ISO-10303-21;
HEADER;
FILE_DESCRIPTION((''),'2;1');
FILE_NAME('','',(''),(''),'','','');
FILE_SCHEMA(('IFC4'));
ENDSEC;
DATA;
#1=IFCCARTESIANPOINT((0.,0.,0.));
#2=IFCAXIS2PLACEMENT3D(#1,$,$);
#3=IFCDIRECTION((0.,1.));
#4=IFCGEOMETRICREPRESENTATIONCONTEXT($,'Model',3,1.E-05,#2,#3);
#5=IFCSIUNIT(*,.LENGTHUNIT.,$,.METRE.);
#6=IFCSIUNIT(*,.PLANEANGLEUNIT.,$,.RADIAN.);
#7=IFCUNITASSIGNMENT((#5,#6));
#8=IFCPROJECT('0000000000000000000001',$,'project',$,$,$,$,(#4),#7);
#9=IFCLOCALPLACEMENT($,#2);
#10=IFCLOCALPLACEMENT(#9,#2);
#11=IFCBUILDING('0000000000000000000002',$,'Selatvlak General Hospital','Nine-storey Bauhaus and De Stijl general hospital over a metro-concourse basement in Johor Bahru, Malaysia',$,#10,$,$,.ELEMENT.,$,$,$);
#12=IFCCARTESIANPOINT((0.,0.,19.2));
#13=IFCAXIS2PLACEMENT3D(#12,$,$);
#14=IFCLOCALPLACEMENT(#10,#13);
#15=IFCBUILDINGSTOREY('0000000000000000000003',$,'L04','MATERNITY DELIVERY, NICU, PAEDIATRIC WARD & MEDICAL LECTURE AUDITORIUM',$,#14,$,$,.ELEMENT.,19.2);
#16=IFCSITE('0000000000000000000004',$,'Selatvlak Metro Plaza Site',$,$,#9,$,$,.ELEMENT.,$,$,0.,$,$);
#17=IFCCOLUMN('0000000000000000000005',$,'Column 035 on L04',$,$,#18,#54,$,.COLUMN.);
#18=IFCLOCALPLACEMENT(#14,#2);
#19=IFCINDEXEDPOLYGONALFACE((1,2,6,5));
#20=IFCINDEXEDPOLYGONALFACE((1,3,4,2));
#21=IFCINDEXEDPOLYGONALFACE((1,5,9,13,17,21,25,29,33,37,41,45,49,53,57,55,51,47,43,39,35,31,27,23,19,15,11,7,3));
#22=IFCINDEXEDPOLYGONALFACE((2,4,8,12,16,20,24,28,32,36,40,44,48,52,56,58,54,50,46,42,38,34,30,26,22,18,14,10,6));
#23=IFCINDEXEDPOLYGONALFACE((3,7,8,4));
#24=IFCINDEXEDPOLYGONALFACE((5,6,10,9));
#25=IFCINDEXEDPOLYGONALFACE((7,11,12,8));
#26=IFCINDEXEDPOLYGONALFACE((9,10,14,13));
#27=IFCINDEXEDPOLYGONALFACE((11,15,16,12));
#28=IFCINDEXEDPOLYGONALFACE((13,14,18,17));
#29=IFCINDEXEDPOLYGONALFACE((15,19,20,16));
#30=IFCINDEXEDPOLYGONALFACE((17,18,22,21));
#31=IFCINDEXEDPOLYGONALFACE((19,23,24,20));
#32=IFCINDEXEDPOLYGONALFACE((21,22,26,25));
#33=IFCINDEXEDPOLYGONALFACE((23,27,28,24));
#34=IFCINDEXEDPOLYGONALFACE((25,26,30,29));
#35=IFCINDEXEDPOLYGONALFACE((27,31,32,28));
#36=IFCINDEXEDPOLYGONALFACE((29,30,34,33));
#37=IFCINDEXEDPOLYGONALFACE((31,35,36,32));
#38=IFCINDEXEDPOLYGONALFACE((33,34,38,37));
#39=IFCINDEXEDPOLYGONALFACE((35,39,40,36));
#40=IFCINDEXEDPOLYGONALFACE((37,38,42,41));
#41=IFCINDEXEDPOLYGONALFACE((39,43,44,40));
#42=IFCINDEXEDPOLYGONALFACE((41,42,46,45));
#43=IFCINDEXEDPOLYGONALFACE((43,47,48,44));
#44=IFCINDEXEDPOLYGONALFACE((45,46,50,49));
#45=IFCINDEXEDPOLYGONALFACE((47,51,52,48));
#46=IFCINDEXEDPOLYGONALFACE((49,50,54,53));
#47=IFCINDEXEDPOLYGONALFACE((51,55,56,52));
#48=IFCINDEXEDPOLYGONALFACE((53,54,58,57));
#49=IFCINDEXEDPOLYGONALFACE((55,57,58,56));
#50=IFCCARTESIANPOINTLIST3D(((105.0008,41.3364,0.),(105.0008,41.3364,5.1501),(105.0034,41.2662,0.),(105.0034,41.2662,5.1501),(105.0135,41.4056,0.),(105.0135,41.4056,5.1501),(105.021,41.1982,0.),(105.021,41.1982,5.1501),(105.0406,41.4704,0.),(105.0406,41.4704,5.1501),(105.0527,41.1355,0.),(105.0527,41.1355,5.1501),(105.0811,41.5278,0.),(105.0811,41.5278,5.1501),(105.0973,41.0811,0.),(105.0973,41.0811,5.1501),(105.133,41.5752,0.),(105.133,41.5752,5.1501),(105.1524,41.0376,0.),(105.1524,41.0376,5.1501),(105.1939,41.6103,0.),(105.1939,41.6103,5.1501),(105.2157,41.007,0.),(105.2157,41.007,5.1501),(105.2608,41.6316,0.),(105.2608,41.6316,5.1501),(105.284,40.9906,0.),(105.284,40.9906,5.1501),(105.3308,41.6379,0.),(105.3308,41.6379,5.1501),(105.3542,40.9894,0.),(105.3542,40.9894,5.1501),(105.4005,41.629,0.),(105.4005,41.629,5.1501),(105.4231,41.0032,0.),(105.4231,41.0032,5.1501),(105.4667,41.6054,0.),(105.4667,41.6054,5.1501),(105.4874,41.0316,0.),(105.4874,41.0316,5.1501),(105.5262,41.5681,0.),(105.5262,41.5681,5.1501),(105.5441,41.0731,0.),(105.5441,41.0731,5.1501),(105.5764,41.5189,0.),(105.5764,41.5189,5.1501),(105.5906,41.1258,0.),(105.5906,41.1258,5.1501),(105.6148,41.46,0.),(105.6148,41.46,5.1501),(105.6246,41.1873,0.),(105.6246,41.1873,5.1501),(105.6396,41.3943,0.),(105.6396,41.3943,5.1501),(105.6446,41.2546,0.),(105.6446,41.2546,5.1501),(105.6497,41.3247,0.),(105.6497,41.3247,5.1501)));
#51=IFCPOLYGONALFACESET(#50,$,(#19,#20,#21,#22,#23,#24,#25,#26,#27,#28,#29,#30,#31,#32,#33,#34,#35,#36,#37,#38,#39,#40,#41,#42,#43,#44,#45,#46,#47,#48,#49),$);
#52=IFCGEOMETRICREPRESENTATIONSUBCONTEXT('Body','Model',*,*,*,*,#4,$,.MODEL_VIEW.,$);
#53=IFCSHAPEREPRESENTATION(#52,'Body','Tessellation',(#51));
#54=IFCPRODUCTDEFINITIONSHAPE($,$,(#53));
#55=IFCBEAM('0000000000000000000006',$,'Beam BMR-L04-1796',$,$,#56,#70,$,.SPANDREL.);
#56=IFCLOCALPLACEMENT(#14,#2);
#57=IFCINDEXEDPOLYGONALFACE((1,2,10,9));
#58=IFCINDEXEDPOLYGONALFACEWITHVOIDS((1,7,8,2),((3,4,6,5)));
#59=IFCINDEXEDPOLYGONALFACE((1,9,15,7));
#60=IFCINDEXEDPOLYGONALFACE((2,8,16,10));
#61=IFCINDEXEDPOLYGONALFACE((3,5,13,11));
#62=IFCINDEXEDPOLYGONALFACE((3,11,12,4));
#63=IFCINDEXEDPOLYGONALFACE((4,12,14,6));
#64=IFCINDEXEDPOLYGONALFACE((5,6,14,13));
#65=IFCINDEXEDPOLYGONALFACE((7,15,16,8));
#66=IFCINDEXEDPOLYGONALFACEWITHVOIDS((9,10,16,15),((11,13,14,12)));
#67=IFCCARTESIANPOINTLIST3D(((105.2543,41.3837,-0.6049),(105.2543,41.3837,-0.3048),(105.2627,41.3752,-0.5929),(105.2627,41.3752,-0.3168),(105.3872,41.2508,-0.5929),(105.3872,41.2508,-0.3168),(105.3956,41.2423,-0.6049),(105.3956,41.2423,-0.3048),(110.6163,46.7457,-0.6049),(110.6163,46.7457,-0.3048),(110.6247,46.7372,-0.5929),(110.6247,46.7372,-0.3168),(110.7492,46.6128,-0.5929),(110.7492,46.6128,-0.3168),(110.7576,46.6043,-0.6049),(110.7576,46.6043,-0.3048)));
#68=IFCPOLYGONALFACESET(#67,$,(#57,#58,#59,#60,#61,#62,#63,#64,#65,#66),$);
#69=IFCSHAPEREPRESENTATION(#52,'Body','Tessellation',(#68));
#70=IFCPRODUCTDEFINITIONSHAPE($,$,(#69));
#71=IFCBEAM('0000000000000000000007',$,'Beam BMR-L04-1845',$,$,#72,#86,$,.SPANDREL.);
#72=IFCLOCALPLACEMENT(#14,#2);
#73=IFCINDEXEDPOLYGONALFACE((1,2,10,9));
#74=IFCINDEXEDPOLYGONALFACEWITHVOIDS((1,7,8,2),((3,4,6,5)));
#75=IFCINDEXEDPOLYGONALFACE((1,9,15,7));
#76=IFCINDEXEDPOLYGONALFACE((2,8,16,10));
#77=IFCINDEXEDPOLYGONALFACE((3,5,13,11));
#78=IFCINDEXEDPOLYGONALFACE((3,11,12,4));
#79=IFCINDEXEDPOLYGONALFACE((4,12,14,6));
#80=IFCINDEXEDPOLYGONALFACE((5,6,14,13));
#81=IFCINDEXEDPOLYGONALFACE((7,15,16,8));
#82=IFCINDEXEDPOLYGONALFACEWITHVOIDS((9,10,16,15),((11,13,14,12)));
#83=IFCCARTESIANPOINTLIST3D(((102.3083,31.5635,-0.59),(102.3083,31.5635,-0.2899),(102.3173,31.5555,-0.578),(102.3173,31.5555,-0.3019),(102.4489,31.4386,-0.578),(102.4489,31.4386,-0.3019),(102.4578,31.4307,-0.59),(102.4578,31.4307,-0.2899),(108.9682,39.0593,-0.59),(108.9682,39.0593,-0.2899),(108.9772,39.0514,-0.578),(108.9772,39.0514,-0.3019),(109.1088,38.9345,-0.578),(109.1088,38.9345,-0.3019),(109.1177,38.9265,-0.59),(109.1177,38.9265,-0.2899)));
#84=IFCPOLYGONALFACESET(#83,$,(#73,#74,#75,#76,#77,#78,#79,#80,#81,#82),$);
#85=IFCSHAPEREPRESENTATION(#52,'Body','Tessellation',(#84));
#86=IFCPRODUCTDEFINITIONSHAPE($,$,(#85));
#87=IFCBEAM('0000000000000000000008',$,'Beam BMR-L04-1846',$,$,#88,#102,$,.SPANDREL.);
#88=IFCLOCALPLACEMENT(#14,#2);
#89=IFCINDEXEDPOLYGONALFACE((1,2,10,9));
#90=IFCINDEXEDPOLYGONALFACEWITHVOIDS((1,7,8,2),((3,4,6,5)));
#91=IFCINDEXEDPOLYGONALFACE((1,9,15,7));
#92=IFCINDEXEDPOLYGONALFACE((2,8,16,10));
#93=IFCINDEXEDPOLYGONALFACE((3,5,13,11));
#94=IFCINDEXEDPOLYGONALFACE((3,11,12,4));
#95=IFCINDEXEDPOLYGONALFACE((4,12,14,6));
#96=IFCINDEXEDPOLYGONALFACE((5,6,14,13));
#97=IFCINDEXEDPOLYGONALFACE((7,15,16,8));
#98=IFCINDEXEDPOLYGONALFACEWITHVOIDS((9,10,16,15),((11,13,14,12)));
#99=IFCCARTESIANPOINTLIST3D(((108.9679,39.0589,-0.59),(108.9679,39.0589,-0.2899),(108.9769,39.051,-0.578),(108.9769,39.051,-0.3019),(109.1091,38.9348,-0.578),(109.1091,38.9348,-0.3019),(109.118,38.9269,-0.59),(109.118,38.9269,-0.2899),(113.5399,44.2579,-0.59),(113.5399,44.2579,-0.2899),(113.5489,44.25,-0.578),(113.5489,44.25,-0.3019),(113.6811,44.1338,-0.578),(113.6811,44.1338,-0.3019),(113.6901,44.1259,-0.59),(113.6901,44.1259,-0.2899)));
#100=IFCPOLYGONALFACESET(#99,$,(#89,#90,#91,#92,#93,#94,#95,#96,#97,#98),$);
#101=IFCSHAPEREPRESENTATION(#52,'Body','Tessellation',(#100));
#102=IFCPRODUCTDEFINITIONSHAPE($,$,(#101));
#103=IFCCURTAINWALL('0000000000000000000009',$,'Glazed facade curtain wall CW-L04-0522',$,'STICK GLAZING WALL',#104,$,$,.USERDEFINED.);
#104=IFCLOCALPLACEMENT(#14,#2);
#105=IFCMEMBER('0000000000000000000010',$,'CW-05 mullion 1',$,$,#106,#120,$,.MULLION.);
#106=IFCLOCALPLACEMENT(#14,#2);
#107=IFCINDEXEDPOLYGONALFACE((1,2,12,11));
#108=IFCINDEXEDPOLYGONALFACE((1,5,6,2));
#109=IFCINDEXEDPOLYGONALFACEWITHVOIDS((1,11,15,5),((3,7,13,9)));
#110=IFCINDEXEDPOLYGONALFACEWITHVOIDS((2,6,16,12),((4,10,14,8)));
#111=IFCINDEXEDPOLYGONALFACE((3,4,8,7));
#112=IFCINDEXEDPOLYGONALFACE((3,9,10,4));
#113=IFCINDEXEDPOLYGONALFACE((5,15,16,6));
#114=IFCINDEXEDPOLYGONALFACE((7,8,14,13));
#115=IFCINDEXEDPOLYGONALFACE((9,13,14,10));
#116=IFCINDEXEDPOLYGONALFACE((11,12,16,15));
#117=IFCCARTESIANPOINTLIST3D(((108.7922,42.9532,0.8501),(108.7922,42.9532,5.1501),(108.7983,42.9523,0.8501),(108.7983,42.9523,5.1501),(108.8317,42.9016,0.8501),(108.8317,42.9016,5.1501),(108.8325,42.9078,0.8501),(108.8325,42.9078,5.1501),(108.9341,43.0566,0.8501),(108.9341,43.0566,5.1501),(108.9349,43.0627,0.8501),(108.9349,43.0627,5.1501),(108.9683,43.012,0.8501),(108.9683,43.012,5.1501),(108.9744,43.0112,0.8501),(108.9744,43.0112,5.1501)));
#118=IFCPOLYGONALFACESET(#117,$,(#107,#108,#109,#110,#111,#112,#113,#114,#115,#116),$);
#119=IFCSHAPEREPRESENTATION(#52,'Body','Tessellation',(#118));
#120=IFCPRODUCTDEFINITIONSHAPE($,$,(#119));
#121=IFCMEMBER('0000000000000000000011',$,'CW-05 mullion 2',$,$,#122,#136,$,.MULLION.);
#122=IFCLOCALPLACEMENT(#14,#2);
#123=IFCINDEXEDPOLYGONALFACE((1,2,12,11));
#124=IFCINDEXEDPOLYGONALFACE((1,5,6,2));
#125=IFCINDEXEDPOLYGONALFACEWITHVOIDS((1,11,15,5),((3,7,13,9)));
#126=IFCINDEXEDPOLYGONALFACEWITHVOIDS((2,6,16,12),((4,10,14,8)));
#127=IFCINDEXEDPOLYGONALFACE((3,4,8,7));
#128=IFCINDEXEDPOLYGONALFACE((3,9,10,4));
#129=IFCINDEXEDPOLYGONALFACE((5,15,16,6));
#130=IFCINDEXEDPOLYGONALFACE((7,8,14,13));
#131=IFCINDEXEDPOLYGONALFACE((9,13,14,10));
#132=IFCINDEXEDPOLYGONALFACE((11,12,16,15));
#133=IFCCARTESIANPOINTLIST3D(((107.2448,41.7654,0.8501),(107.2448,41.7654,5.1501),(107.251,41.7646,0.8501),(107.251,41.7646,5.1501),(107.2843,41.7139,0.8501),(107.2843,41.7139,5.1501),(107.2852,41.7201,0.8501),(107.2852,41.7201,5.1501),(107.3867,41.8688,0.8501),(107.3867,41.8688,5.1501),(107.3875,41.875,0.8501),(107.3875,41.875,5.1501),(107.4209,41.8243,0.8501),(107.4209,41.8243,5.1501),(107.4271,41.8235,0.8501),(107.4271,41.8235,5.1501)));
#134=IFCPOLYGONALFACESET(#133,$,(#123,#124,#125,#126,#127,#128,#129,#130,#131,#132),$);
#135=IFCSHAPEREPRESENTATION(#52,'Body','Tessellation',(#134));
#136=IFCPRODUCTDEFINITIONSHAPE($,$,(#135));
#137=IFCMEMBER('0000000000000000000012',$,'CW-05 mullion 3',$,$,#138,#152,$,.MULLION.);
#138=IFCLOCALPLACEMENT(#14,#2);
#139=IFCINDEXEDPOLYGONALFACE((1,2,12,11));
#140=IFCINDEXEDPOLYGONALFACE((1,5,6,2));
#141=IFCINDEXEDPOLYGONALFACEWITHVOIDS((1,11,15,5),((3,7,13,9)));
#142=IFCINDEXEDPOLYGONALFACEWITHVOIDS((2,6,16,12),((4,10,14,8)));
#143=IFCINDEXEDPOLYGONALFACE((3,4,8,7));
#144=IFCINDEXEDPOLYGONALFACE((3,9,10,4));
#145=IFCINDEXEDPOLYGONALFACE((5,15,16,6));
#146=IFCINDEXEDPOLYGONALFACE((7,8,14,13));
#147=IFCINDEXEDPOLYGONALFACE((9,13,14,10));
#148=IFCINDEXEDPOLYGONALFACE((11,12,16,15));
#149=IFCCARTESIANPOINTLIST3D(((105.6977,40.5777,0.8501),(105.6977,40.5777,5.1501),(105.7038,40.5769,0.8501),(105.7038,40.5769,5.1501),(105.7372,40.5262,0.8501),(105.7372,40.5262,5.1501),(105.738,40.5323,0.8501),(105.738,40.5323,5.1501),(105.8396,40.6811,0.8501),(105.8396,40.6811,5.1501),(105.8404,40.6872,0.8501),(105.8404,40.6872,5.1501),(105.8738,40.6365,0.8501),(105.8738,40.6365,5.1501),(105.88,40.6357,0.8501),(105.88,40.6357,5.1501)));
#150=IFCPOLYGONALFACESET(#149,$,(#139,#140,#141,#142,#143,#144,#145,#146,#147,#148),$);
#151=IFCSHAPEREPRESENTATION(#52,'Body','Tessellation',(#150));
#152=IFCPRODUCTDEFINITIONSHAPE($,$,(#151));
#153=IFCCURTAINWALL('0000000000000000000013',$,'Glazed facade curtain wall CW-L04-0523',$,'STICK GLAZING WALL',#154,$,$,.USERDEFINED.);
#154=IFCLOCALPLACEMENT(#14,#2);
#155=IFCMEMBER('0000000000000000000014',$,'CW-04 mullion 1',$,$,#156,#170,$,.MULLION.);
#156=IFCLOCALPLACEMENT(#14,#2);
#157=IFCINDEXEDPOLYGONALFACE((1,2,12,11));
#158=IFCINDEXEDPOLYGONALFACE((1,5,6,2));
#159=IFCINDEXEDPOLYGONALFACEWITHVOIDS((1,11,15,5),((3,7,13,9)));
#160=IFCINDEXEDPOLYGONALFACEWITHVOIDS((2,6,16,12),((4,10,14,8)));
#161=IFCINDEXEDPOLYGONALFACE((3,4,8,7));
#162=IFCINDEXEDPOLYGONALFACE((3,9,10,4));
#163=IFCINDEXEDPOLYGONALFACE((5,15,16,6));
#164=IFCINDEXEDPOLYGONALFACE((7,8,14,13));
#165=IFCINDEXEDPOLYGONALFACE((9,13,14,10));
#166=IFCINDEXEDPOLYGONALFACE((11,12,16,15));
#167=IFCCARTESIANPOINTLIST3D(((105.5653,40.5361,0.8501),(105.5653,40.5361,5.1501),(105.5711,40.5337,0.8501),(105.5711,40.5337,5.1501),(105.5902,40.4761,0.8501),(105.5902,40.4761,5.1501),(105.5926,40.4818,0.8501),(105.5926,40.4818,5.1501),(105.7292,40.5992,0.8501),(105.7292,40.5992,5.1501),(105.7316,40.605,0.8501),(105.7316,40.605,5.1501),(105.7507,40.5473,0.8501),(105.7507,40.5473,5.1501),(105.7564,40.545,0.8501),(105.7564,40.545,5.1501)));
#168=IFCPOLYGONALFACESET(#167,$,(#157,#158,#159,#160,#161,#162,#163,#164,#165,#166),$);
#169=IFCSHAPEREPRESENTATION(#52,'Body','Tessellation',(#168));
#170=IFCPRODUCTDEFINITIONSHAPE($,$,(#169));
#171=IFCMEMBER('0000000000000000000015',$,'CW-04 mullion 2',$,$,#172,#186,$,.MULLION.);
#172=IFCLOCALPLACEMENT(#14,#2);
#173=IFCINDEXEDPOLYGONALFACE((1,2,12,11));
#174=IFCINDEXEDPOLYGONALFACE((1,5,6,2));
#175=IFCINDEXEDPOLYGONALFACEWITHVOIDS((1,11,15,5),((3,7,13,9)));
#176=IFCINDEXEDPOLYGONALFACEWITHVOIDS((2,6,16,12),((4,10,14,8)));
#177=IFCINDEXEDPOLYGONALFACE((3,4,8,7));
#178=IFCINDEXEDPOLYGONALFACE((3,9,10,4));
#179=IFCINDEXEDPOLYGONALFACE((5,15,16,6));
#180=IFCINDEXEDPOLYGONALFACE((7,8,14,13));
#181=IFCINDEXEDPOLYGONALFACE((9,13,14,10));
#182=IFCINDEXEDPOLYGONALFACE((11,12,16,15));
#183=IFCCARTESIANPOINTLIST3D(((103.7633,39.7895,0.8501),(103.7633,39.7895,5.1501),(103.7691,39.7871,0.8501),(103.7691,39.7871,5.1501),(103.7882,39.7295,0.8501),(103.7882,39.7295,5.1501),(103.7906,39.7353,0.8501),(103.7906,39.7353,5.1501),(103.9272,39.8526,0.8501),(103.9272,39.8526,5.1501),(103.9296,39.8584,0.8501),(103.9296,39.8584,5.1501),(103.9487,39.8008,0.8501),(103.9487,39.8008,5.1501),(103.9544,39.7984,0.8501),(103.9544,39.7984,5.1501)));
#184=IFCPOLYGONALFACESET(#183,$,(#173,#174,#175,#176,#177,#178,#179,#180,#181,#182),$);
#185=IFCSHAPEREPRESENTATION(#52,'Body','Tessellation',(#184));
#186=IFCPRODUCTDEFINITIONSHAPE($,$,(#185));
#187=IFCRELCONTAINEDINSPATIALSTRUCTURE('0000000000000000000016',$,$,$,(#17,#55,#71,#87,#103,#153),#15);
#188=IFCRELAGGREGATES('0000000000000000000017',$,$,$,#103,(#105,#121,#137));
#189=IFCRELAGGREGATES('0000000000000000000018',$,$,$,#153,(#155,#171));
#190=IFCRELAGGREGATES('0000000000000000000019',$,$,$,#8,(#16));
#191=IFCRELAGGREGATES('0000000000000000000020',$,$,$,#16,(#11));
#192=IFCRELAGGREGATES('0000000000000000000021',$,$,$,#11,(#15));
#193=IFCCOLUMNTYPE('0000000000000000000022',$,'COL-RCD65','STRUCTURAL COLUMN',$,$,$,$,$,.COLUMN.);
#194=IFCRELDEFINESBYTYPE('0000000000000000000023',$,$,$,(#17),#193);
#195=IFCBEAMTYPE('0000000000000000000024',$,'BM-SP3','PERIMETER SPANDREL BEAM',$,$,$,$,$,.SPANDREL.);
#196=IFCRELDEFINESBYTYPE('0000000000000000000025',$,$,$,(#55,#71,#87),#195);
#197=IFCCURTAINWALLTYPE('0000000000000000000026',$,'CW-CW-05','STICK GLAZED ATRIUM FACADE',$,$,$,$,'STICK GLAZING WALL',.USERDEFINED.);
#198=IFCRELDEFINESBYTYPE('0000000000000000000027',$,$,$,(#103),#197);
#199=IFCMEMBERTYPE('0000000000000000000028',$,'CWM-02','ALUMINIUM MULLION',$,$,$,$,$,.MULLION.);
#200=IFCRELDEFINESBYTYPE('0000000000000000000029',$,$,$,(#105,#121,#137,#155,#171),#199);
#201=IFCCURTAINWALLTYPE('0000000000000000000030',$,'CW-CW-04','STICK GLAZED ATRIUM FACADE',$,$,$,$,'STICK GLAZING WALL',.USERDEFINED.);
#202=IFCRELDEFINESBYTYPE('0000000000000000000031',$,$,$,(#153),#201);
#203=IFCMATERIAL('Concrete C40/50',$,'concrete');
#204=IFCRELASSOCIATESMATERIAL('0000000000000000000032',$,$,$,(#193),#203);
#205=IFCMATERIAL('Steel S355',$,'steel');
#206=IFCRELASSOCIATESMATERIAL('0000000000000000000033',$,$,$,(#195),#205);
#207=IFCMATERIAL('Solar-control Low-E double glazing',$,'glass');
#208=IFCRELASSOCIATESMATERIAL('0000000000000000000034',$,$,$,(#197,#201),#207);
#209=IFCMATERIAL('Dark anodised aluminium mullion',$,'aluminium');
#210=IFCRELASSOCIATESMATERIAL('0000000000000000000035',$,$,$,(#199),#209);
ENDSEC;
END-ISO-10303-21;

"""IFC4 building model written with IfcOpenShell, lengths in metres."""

from ifc_helpers import new_model, si_unit, direction, frame, origin, origin_2d, place, context, subcontext, project, spatial, hollow_rectangle, circle, extrude, material, material_profile, profile_set, type_object, element, aggregate, save


model = new_model("IFC4")

# Units and contexts
model_context = context("Model", 3, precision=1e-05, world=origin(), true_north=direction((0.0, 1.0)))
body_context = subcontext(model_context, "Body", "Model", "MODEL_VIEW")
ifc_project = project(units=[si_unit("LENGTHUNIT", "METRE"), si_unit("PLANEANGLEUNIT", "RADIAN")], contexts=[model_context])

# Site, building, storey
site_placement = place(None, origin())
site = spatial("IfcSite", under=ifc_project, at=site_placement, Name="Selatvlak Metro Plaza Site", CompositionType="ELEMENT", RefElevation=0.0)
building_placement = place(site_placement, origin())
building = spatial("IfcBuilding", under=site, at=building_placement, Name="Selatvlak General Hospital", Description="Nine-storey Bauhaus and De Stijl general hospital over a metro-concourse basement in Johor Bahru, Malaysia", CompositionType="ELEMENT")
storey_placement = place(building_placement, frame((0.0, 0.0, 19.2)))
storey = spatial("IfcBuildingStorey", under=building, at=storey_placement, Name="L04", Description="MATERNITY DELIVERY, NICU, PAEDIATRIC WARD & MEDICAL LECTURE AUDITORIUM", CompositionType="ELEMENT", Elevation=19.2)

# Column
ifc_material_1 = material(Name="Concrete C40/50", Category="concrete")
ifc_material_profile_1 = material_profile(ifc_material_1, circle(Radius=0.325, at=origin_2d()), Name="RC-COL D650")
ifc_profile_set_1 = profile_set([ifc_material_profile_1], Name="Concrete C40/50")
column_type = type_object("IfcColumnType", Name="COL-RCD65", Description="STRUCTURAL COLUMN", PredefinedType="COLUMN", material=ifc_profile_set_1)
column_placement = place(storey_placement, frame((105.325, 41.313, 0.0), z_axis=(0.0, 0.0, 1.0), x_axis=(0.5, -0.866025, 0.0)))
element("IfcColumn", 1, at=column_placement, inside=storey, type_object=column_type, Name="Column 035 on L04", PredefinedType="COLUMN", context=body_context, shape_type="SweptSolid", body=[
    extrude(circle(Radius=0.325, at=origin_2d()), origin(), (0.0, 0.0, 1.0), 5.1501),
])

# Beams
ifc_material_2 = material(Name="Steel S355", Category="steel")
ifc_material_profile_2 = material_profile(ifc_material_2, hollow_rectangle(XDim=0.2, YDim=0.3, WallThickness=0.012, at=origin_2d()), Name="RHS 300x200x12")
ifc_profile_set_2 = profile_set([ifc_material_profile_2], Name="Steel S355")
beam_type = type_object("IfcBeamType", Name="BM-SP3", Description="PERIMETER SPANDREL BEAM", PredefinedType="SPANDREL", material=ifc_profile_set_2)
beam_1_placement = place(storey_placement, frame((105.325, 41.313, -0.4548), z_axis=(0.707107, 0.707107, 0.0), x_axis=(-0.707107, 0.707107, 0.0)))
element("IfcBeam", 2, at=beam_1_placement, inside=storey, type_object=beam_type, Name="Beam BMR-L04-1796", PredefinedType="SPANDREL", context=body_context, shape_type="SweptSolid", body=[
    extrude(hollow_rectangle(XDim=0.2, YDim=0.3, WallThickness=0.012, at=origin_2d()), origin(), (0.0, 0.0, 1.0), 7.583),
])
beam_2_placement = place(storey_placement, frame((102.3831, 31.4971, -0.4399), z_axis=(0.664193, 0.747561, 0.0), x_axis=(-0.747561, 0.664193, 0.0)))
element("IfcBeam", 3, at=beam_2_placement, inside=storey, type_object=beam_type, Name="Beam BMR-L04-1845", PredefinedType="SPANDREL", context=body_context, shape_type="SweptSolid", body=[
    extrude(hollow_rectangle(XDim=0.2, YDim=0.3, WallThickness=0.012, at=origin_2d()), origin(), (0.0, 0.0, 1.0), 10.0271),
])
beam_3_placement = place(storey_placement, frame((109.043, 38.9929, -0.4399), z_axis=(0.660377, 0.750934, 0.0), x_axis=(-0.750934, 0.660377, 0.0)))
element("IfcBeam", 4, at=beam_3_placement, inside=storey, type_object=beam_type, Name="Beam BMR-L04-1846", PredefinedType="SPANDREL", context=body_context, shape_type="SweptSolid", body=[
    extrude(hollow_rectangle(XDim=0.2, YDim=0.3, WallThickness=0.012, at=origin_2d()), origin(), (0.0, 0.0, 1.0), 6.9233),
])

# Curtain walls, members
ifc_material_3 = material(Name="Solar-control Low-E double glazing", Category="glass")
curtain_wall_type_1 = type_object("IfcCurtainWallType", Name="CW-CW-05", Description="STICK GLAZED ATRIUM FACADE", ElementType="STICK GLAZING WALL", PredefinedType="USERDEFINED", material=ifc_material_3)
curtain_wall_1_placement = place(storey_placement, origin())
curtain_wall_1 = element("IfcCurtainWall", 5, at=curtain_wall_1_placement, inside=storey, type_object=curtain_wall_type_1, Name="Glazed facade curtain wall CW-L04-0522", ObjectType="STICK GLAZING WALL", PredefinedType="USERDEFINED")
ifc_material_4 = material(Name="Dark anodised aluminium mullion", Category="aluminium")
ifc_material_profile_3 = material_profile(ifc_material_4, hollow_rectangle(XDim=0.0649, YDim=0.1799, WallThickness=0.0044, at=origin_2d()), Name="AL-MUL 65x180x4.5")
ifc_profile_set_3 = profile_set([ifc_material_profile_3], Name="Dark anodised aluminium mullion")
member_type_1 = type_object("IfcMemberType", Name="CWM-02", Description="ALUMINIUM MULLION", PredefinedType="MULLION", material=ifc_profile_set_3)
member_1_placement = place(storey_placement, frame((108.8833, 42.9822, 0.8501), z_axis=(0.0, 0.0, 1.0), x_axis=(0.608918, -0.793233, 0.0)))
member_1 = element("IfcMember", 6, at=member_1_placement, type_object=member_type_1, Name="CW-05 mullion 1", PredefinedType="MULLION", context=body_context, shape_type="SweptSolid", body=[
    extrude(hollow_rectangle(XDim=0.0649, YDim=0.1799, WallThickness=0.0044, at=origin_2d()), origin(), (0.0, 0.0, 1.0), 4.3),
])
member_2_placement = place(storey_placement, frame((107.3359, 41.7944, 0.8501), z_axis=(0.0, 0.0, 1.0), x_axis=(0.608918, -0.793233, 0.0)))
member_2 = element("IfcMember", 7, at=member_2_placement, type_object=member_type_1, Name="CW-05 mullion 2", PredefinedType="MULLION", context=body_context, shape_type="SweptSolid", body=[
    extrude(hollow_rectangle(XDim=0.0649, YDim=0.1799, WallThickness=0.0044, at=origin_2d()), origin(), (0.0, 0.0, 1.0), 4.3),
])
member_3_placement = place(storey_placement, frame((105.7888, 40.6067, 0.8501), z_axis=(0.0, 0.0, 1.0), x_axis=(0.608918, -0.793233, 0.0)))
member_3 = element("IfcMember", 8, at=member_3_placement, type_object=member_type_1, Name="CW-05 mullion 3", PredefinedType="MULLION", context=body_context, shape_type="SweptSolid", body=[
    extrude(hollow_rectangle(XDim=0.0649, YDim=0.1799, WallThickness=0.0044, at=origin_2d()), origin(), (0.0, 0.0, 1.0), 4.3),
])
curtain_wall_type_2 = type_object("IfcCurtainWallType", Name="CW-CW-04", Description="STICK GLAZED ATRIUM FACADE", ElementType="STICK GLAZING WALL", PredefinedType="USERDEFINED", material=ifc_material_3)
curtain_wall_2_placement = place(storey_placement, origin())
curtain_wall_2 = element("IfcCurtainWall", 9, at=curtain_wall_2_placement, inside=storey, type_object=curtain_wall_type_2, Name="Glazed facade curtain wall CW-L04-0523", ObjectType="STICK GLAZING WALL", PredefinedType="USERDEFINED")
member_4_placement = place(storey_placement, frame((105.6609, 40.5405, 0.8501), z_axis=(0.0, 0.0, 1.0), x_axis=(0.382753, -0.923851, 0.0)))
member_4 = element("IfcMember", 10, at=member_4_placement, type_object=member_type_1, Name="CW-04 mullion 1", PredefinedType="MULLION", context=body_context, shape_type="SweptSolid", body=[
    extrude(hollow_rectangle(XDim=0.0649, YDim=0.1799, WallThickness=0.0044, at=origin_2d()), origin(), (0.0, 0.0, 1.0), 4.3),
])
member_5_placement = place(storey_placement, frame((103.8589, 39.7939, 0.8501), z_axis=(0.0, 0.0, 1.0), x_axis=(0.382753, -0.923851, 0.0)))
member_5 = element("IfcMember", 11, at=member_5_placement, type_object=member_type_1, Name="CW-04 mullion 2", PredefinedType="MULLION", context=body_context, shape_type="SweptSolid", body=[
    extrude(hollow_rectangle(XDim=0.0649, YDim=0.1799, WallThickness=0.0044, at=origin_2d()), origin(), (0.0, 0.0, 1.0), 4.3),
])

aggregate(curtain_wall_1, [member_1, member_2, member_3])
aggregate(curtain_wall_2, [member_4, member_5])

save(model, "model.ifc")
